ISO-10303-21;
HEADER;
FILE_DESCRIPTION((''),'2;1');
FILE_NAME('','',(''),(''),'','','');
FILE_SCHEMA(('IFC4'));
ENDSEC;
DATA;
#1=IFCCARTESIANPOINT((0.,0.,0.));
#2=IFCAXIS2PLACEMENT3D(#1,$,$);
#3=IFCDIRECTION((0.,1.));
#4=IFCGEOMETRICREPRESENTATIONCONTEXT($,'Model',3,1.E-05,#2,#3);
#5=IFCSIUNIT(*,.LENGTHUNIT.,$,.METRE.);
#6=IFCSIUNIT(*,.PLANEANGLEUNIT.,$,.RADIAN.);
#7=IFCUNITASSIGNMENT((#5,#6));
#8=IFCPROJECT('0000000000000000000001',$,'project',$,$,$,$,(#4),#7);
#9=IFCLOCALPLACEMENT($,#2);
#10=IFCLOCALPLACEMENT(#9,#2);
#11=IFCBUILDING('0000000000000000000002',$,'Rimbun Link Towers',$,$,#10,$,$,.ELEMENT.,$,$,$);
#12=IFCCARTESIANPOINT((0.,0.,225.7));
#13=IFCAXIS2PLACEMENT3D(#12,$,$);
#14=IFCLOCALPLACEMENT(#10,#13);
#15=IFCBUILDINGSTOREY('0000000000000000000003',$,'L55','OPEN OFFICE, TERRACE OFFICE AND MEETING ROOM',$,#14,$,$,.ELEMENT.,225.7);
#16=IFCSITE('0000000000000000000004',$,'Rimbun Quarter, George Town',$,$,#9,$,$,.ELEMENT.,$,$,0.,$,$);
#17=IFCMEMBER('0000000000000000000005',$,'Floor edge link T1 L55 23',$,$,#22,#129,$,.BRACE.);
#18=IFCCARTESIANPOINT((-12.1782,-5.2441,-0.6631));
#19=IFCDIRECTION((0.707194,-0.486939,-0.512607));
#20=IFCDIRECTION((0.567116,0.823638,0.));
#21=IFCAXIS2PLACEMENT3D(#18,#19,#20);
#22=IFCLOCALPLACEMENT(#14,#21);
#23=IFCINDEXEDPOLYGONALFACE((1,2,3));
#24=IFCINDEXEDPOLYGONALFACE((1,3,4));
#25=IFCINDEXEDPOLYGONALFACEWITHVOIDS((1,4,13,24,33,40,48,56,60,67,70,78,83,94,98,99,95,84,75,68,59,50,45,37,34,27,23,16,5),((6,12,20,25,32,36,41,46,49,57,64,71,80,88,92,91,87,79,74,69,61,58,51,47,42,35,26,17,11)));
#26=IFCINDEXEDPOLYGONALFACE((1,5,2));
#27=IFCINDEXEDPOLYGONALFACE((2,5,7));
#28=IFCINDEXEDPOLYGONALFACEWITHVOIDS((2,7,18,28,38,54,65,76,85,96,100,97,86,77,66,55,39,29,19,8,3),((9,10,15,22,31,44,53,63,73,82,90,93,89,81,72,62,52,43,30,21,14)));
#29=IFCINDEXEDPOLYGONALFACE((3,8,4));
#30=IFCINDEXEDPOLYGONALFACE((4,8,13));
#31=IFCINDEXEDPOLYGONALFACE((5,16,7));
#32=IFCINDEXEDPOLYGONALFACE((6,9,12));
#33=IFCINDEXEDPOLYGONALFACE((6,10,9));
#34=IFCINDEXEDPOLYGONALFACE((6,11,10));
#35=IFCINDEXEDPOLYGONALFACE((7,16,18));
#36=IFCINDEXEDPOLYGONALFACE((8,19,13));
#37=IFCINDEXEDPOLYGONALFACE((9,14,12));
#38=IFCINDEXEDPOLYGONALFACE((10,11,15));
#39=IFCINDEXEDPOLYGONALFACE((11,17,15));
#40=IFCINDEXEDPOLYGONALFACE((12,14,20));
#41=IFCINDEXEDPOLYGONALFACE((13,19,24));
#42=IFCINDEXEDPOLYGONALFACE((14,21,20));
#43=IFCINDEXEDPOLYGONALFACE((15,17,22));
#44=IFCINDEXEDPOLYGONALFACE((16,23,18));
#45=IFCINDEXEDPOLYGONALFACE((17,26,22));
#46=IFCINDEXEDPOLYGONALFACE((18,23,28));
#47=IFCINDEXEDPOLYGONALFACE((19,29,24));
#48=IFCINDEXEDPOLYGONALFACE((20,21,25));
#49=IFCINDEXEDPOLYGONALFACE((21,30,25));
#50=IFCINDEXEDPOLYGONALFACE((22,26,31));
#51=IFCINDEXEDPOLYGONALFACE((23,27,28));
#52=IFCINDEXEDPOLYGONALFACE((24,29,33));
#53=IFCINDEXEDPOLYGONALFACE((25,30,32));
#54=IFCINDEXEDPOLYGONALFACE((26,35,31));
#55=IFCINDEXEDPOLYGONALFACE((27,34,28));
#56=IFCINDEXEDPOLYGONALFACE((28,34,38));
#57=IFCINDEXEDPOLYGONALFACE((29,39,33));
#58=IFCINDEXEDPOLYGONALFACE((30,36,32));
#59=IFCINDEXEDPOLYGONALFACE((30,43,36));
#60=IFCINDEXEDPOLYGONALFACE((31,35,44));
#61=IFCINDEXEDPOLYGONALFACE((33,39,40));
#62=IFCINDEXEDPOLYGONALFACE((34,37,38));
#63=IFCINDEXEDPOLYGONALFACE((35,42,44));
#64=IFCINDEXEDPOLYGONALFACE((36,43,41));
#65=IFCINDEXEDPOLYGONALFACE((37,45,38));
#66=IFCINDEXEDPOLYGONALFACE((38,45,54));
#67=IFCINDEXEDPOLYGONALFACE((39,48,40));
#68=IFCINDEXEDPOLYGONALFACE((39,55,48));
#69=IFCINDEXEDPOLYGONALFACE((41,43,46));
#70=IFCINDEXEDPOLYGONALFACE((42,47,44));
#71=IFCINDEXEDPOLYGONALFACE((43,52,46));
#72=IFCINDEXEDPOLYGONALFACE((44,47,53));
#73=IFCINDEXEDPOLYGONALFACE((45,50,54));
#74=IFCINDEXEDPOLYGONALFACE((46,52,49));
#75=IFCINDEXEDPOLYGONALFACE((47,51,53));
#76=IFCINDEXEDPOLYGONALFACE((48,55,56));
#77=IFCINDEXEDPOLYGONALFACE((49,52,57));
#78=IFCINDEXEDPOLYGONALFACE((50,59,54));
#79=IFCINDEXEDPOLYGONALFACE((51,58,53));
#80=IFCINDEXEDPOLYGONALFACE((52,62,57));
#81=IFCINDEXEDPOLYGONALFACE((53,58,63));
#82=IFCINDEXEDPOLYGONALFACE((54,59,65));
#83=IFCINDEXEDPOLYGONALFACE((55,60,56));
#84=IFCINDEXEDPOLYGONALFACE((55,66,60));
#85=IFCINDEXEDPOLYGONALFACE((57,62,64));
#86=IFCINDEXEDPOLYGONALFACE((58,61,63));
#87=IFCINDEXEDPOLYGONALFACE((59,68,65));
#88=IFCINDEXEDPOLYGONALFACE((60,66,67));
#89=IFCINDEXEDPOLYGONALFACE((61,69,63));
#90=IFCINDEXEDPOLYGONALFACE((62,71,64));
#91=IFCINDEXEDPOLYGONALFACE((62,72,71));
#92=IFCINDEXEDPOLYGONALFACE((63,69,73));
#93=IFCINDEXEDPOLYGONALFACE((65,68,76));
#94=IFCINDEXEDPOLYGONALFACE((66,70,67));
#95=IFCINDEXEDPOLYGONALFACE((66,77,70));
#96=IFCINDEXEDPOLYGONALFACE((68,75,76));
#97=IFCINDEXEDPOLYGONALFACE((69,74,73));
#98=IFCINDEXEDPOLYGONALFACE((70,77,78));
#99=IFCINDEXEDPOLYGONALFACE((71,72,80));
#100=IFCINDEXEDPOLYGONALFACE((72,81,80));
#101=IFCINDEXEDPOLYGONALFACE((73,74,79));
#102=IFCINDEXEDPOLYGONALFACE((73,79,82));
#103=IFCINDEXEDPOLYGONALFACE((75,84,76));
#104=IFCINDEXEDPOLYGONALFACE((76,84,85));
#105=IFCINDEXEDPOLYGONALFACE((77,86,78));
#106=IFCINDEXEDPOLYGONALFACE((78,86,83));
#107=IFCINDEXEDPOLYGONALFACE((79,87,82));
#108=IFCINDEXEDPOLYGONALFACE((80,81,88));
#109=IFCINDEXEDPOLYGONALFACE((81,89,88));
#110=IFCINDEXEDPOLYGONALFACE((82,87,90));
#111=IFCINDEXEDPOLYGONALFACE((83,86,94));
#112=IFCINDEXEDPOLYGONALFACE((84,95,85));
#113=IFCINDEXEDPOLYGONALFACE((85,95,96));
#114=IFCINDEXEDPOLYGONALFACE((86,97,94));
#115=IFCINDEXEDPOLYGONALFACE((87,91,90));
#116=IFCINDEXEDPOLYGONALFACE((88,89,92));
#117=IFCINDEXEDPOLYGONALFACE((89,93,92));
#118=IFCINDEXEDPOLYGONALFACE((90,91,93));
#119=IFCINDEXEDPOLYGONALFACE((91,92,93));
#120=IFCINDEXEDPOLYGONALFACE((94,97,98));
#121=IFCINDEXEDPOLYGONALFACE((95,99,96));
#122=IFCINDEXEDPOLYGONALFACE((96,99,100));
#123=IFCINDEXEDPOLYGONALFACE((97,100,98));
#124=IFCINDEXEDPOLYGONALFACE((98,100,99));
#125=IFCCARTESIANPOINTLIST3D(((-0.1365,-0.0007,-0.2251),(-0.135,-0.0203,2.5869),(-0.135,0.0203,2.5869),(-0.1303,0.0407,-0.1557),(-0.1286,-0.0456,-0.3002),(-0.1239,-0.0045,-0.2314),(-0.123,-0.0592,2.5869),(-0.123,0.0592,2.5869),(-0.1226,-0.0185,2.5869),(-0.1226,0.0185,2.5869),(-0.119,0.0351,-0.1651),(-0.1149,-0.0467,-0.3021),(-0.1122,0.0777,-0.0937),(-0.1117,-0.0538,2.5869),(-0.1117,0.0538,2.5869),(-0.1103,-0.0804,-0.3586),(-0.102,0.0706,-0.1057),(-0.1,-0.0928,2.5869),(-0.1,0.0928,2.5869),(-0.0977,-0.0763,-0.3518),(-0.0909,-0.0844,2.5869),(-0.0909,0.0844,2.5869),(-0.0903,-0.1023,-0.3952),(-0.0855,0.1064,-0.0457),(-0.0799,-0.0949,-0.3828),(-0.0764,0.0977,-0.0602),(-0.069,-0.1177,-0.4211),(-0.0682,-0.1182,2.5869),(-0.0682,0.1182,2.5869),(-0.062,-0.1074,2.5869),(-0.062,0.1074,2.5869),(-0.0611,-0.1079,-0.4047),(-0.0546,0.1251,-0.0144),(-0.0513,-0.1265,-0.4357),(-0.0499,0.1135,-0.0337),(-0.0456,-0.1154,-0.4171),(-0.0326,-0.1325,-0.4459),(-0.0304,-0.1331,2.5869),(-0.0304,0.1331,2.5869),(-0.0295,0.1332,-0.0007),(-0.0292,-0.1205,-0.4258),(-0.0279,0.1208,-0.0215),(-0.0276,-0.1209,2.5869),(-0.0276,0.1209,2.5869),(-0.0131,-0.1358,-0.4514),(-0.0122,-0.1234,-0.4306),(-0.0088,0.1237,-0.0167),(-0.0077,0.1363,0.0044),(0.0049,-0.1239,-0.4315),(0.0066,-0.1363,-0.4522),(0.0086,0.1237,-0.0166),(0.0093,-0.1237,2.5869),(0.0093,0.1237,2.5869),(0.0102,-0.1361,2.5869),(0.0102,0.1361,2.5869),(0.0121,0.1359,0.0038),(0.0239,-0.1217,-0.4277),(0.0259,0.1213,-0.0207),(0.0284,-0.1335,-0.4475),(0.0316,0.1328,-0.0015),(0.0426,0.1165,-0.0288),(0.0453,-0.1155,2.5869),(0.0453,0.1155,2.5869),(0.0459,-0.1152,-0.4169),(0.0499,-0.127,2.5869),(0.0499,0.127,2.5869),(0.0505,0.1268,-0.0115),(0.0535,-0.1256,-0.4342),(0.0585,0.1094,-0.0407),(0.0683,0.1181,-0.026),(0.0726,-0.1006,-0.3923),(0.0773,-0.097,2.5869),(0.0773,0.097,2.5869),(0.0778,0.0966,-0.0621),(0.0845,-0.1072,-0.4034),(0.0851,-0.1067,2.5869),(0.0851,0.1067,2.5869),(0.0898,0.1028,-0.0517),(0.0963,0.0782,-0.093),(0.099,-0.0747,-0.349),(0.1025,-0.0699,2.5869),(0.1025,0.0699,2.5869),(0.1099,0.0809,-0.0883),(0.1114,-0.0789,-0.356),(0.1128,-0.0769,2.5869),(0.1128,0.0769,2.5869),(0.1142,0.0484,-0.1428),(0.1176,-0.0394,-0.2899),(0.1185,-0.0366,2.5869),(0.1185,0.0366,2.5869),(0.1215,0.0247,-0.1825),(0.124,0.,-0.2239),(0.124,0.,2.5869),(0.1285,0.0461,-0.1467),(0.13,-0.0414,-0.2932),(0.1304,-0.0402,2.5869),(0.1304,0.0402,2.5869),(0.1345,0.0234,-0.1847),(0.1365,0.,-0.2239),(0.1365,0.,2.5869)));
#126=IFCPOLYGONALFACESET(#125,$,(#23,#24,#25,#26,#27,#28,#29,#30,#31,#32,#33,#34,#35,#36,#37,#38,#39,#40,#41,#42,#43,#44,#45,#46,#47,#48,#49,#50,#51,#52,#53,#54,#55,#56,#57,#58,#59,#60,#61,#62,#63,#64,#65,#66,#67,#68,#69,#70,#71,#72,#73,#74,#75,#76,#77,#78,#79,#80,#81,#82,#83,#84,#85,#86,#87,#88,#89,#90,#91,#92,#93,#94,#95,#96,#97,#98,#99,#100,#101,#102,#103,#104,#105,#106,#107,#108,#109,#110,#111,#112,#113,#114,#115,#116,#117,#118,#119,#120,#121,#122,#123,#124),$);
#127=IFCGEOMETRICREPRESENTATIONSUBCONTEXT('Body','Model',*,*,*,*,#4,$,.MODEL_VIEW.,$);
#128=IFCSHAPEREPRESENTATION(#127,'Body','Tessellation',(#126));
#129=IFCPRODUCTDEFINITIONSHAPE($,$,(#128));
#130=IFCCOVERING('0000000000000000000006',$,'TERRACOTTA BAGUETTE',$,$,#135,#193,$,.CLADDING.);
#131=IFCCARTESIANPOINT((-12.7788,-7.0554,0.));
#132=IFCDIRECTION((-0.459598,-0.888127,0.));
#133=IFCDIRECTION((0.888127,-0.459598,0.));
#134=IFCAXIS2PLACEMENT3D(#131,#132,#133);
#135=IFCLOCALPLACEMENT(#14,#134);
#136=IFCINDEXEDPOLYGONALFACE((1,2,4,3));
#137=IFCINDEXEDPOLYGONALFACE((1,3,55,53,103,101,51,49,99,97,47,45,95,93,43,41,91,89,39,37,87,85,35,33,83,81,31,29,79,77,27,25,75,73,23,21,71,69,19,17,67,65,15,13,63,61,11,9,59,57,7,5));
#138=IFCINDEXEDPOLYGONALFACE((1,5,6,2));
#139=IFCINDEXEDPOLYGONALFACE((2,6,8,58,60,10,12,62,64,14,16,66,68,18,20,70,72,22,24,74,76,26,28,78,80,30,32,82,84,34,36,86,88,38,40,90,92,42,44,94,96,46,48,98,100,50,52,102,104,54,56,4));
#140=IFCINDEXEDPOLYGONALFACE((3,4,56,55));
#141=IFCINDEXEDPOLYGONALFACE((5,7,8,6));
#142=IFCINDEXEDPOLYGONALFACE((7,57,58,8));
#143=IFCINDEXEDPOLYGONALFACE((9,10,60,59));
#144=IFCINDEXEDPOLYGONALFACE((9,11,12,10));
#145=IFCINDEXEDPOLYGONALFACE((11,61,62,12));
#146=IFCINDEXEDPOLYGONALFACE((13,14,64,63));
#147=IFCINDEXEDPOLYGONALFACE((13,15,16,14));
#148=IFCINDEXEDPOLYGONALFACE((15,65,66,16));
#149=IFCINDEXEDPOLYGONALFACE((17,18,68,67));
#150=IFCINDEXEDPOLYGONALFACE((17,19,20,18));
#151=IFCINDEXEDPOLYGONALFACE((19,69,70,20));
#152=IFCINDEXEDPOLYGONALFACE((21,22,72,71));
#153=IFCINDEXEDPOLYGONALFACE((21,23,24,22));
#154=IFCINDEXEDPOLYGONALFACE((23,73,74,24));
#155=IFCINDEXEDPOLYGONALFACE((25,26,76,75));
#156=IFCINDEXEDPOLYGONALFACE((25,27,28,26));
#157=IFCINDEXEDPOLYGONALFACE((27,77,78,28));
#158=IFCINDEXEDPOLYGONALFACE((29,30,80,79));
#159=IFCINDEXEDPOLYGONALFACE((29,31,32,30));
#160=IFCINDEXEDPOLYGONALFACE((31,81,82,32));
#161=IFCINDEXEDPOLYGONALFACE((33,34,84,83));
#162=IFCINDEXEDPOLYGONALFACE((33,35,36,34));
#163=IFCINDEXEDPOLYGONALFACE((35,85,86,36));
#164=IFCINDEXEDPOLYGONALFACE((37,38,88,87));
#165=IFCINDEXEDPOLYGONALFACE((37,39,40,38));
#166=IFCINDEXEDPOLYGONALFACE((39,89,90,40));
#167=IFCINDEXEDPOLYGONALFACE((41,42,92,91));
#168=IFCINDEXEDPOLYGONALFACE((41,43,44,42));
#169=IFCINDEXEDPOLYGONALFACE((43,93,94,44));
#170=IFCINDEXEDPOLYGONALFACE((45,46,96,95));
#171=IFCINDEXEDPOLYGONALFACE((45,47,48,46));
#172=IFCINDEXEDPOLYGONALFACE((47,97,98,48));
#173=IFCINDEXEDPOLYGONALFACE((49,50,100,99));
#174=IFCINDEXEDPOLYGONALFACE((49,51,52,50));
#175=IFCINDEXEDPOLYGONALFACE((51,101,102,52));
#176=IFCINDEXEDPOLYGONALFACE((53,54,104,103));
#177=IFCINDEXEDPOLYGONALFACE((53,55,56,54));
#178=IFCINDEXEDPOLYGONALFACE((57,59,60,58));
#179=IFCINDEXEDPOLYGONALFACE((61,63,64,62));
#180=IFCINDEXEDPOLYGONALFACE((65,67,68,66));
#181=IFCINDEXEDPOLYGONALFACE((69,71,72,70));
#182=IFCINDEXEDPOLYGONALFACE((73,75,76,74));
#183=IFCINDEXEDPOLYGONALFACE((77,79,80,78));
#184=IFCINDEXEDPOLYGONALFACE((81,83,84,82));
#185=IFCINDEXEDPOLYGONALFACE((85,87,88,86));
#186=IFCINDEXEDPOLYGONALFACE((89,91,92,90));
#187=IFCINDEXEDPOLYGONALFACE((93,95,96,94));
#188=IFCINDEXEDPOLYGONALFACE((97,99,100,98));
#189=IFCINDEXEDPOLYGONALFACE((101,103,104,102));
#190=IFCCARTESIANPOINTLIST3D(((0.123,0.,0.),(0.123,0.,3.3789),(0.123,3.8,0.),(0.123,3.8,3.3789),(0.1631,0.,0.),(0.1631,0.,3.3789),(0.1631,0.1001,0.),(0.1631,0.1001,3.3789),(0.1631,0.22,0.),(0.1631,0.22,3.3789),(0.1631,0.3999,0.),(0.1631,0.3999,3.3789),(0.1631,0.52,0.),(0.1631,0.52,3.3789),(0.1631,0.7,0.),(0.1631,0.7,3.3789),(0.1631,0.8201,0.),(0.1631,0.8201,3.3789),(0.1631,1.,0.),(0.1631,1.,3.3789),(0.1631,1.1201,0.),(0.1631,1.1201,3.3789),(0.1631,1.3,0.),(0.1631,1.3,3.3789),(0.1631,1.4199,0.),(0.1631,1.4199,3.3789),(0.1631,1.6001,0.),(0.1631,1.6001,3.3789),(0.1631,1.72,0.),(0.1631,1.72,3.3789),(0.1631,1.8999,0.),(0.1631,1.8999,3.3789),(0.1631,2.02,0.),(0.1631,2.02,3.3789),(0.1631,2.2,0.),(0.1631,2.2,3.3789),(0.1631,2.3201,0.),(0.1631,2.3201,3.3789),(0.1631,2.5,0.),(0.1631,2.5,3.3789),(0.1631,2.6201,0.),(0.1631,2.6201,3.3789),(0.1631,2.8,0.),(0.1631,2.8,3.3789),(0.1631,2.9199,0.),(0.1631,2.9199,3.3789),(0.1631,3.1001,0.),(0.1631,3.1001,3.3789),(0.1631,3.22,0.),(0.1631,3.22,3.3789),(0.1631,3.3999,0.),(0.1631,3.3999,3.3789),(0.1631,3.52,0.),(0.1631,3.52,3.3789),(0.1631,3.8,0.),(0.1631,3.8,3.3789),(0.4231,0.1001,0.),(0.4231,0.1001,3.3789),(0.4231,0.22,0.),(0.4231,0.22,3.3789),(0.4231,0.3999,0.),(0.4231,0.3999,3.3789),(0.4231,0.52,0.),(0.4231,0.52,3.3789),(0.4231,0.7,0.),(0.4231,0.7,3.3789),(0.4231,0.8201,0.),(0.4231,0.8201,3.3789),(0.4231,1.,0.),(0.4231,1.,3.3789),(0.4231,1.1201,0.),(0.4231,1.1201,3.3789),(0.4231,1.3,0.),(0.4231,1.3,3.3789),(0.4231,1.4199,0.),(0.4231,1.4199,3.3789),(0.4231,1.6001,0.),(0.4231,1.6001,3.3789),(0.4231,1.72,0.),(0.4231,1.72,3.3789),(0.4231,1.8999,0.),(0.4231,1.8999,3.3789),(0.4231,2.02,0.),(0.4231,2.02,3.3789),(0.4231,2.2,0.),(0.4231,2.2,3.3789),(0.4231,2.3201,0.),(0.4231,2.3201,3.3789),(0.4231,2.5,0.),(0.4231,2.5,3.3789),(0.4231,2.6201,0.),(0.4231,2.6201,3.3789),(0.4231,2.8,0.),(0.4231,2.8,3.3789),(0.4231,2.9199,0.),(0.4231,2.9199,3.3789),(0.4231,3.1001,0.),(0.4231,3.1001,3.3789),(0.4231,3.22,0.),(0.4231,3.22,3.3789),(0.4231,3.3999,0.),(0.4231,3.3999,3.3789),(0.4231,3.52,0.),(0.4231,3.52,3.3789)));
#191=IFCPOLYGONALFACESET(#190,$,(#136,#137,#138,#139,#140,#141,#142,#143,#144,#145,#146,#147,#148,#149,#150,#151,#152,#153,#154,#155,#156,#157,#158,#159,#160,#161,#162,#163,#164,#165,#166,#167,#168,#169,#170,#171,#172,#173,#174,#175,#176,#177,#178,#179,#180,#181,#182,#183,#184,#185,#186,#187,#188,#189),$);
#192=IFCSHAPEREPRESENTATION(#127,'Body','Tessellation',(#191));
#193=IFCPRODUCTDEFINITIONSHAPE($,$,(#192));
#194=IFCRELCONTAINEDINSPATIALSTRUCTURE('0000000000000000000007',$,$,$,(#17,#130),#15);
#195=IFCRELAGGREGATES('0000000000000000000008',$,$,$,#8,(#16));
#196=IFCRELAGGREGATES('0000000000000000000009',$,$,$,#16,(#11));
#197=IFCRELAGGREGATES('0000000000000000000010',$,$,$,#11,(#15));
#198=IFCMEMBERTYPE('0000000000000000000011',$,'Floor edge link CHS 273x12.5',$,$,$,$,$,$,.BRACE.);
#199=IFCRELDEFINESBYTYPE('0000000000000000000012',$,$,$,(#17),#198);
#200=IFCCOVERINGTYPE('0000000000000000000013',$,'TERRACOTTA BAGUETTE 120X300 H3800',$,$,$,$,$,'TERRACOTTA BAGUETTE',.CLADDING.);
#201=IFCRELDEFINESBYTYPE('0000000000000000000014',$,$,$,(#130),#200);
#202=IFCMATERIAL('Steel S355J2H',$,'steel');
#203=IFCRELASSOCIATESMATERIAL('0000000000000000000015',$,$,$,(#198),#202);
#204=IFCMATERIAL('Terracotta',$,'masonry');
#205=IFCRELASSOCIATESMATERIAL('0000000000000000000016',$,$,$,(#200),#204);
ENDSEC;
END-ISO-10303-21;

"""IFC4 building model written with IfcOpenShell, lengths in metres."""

from ifc_helpers import new_model, si_unit, direction, frame, origin, origin_2d, place, context, subcontext, project, spatial, polyline, hollow_circle, outline, extrude, clip, halfspace, material, material_profile, profile_set, type_object, element, save


model = new_model("IFC4")

# Units and contexts
model_context = context("Model", 3, precision=1e-05, world=origin(), true_north=direction((0.0, 1.0)))
body_context = subcontext(model_context, "Body", "Model", "MODEL_VIEW")
ifc_project = project(units=[si_unit("LENGTHUNIT", "METRE"), si_unit("PLANEANGLEUNIT", "RADIAN")], contexts=[model_context])

# Site, building, storey
site_placement = place(None, origin())
site = spatial("IfcSite", under=ifc_project, at=site_placement, Name="Rimbun Quarter, George Town", CompositionType="ELEMENT", RefElevation=0.0)
building_placement = place(site_placement, origin())
building = spatial("IfcBuilding", under=site, at=building_placement, Name="Rimbun Link Towers", CompositionType="ELEMENT")
storey_placement = place(building_placement, frame((0.0, 0.0, 225.7)))
storey = spatial("IfcBuildingStorey", under=building, at=storey_placement, Name="L55", Description="OPEN OFFICE, TERRACE OFFICE AND MEETING ROOM", CompositionType="ELEMENT", Elevation=225.7)

# Member
ifc_material_1 = material(Name="Steel S355J2H", Category="steel")
ifc_material_profile_1 = material_profile(ifc_material_1, hollow_circle(Radius=0.1365, WallThickness=0.0125, at=origin_2d()), Name="CHS 273x12.5")
ifc_profile_set_1 = profile_set([ifc_material_profile_1], Name="Steel S355J2H")
member_type_1 = type_object("IfcMemberType", Name="Floor edge link CHS 273x12.5", PredefinedType="BRACE", material=ifc_profile_set_1)
member_1_placement = place(storey_placement, frame((-12.1782, -5.2441, -0.6631), z_axis=(0.707194, -0.486939, -0.512607), x_axis=(0.567116, 0.823638, 0.0)))
element("IfcMember", 1, at=member_1_placement, inside=storey, type_object=member_type_1, Name="Floor edge link T1 L55 23", PredefinedType="BRACE", context=body_context, shape_type="Clipping", body=[
    clip(extrude(hollow_circle(Radius=0.1365, WallThickness=0.0125, at=origin_2d()), frame((0.0, 0.0, -0.4768)), (0.0, 0.0, 1.0), 3.0637), halfspace(frame((0.0, 0.0, -0.2239), z_axis=(0.0, 0.858623, -0.512607)), False)),
])

# Covering
ifc_material_2 = material(Name="Terracotta", Category="masonry")
ifc_material_profile_2 = material_profile(ifc_material_2, outline(polyline([(0.123, 0.0), (0.1631, 0.0), (0.1631, 0.1001), (0.4231, 0.1001), (0.4231, 0.22), (0.1631, 0.22), (0.1631, 0.3999), (0.4231, 0.3999), (0.4231, 0.52), (0.1631, 0.52), (0.1631, 0.7), (0.4231, 0.7), (0.4231, 0.8201), (0.1631, 0.8201), (0.1631, 1.0), (0.4231, 1.0), (0.4231, 1.1201), (0.1631, 1.1201), (0.1631, 1.3), (0.4231, 1.3), (0.4231, 1.4199), (0.1631, 1.4199), (0.1631, 1.6001), (0.4231, 1.6001), (0.4231, 1.72), (0.1631, 1.72), (0.1631, 1.8999), (0.4231, 1.8999), (0.4231, 2.02), (0.1631, 2.02), (0.1631, 2.2), (0.4231, 2.2), (0.4231, 2.3201), (0.1631, 2.3201), (0.1631, 2.5), (0.4231, 2.5), (0.4231, 2.6201), (0.1631, 2.6201), (0.1631, 2.8), (0.4231, 2.8), (0.4231, 2.9199), (0.1631, 2.9199), (0.1631, 3.1001), (0.4231, 3.1001), (0.4231, 3.22), (0.1631, 3.22), (0.1631, 3.3999), (0.4231, 3.3999), (0.4231, 3.52), (0.1631, 3.52), (0.1631, 3.8), (0.123, 3.8), (0.123, 0.0)])), Name="BAGUETTE 120X300")
ifc_profile_set_2 = profile_set([ifc_material_profile_2], Name="Terracotta")
covering_type = type_object("IfcCoveringType", Name="TERRACOTTA BAGUETTE 120X300 H3800", ElementType="TERRACOTTA BAGUETTE", PredefinedType="CLADDING", material=ifc_profile_set_2)
covering_placement = place(storey_placement, frame((-12.7788, -7.0554, 0.0), z_axis=(-0.459598, -0.888127, 0.0), x_axis=(0.888127, -0.459598, 0.0)))
element("IfcCovering", 2, at=covering_placement, inside=storey, type_object=covering_type, Name="TERRACOTTA BAGUETTE", PredefinedType="CLADDING", context=body_context, shape_type="SweptSolid", body=[
    extrude(outline(polyline([(0.123, 0.0), (0.1631, 0.0), (0.1631, 0.1001), (0.4231, 0.1001), (0.4231, 0.22), (0.1631, 0.22), (0.1631, 0.3999), (0.4231, 0.3999), (0.4231, 0.52), (0.1631, 0.52), (0.1631, 0.7), (0.4231, 0.7), (0.4231, 0.8201), (0.1631, 0.8201), (0.1631, 1.0), (0.4231, 1.0), (0.4231, 1.1201), (0.1631, 1.1201), (0.1631, 1.3), (0.4231, 1.3), (0.4231, 1.4199), (0.1631, 1.4199), (0.1631, 1.6001), (0.4231, 1.6001), (0.4231, 1.72), (0.1631, 1.72), (0.1631, 1.8999), (0.4231, 1.8999), (0.4231, 2.02), (0.1631, 2.02), (0.1631, 2.2), (0.4231, 2.2), (0.4231, 2.3201), (0.1631, 2.3201), (0.1631, 2.5), (0.4231, 2.5), (0.4231, 2.6201), (0.1631, 2.6201), (0.1631, 2.8), (0.4231, 2.8), (0.4231, 2.9199), (0.1631, 2.9199), (0.1631, 3.1001), (0.4231, 3.1001), (0.4231, 3.22), (0.1631, 3.22), (0.1631, 3.3999), (0.4231, 3.3999), (0.4231, 3.52), (0.1631, 3.52), (0.1631, 3.8), (0.123, 3.8), (0.123, 0.0)])), origin(), (0.0, 0.0, 1.0), 3.3789),
])

save(model, "model.ifc")
